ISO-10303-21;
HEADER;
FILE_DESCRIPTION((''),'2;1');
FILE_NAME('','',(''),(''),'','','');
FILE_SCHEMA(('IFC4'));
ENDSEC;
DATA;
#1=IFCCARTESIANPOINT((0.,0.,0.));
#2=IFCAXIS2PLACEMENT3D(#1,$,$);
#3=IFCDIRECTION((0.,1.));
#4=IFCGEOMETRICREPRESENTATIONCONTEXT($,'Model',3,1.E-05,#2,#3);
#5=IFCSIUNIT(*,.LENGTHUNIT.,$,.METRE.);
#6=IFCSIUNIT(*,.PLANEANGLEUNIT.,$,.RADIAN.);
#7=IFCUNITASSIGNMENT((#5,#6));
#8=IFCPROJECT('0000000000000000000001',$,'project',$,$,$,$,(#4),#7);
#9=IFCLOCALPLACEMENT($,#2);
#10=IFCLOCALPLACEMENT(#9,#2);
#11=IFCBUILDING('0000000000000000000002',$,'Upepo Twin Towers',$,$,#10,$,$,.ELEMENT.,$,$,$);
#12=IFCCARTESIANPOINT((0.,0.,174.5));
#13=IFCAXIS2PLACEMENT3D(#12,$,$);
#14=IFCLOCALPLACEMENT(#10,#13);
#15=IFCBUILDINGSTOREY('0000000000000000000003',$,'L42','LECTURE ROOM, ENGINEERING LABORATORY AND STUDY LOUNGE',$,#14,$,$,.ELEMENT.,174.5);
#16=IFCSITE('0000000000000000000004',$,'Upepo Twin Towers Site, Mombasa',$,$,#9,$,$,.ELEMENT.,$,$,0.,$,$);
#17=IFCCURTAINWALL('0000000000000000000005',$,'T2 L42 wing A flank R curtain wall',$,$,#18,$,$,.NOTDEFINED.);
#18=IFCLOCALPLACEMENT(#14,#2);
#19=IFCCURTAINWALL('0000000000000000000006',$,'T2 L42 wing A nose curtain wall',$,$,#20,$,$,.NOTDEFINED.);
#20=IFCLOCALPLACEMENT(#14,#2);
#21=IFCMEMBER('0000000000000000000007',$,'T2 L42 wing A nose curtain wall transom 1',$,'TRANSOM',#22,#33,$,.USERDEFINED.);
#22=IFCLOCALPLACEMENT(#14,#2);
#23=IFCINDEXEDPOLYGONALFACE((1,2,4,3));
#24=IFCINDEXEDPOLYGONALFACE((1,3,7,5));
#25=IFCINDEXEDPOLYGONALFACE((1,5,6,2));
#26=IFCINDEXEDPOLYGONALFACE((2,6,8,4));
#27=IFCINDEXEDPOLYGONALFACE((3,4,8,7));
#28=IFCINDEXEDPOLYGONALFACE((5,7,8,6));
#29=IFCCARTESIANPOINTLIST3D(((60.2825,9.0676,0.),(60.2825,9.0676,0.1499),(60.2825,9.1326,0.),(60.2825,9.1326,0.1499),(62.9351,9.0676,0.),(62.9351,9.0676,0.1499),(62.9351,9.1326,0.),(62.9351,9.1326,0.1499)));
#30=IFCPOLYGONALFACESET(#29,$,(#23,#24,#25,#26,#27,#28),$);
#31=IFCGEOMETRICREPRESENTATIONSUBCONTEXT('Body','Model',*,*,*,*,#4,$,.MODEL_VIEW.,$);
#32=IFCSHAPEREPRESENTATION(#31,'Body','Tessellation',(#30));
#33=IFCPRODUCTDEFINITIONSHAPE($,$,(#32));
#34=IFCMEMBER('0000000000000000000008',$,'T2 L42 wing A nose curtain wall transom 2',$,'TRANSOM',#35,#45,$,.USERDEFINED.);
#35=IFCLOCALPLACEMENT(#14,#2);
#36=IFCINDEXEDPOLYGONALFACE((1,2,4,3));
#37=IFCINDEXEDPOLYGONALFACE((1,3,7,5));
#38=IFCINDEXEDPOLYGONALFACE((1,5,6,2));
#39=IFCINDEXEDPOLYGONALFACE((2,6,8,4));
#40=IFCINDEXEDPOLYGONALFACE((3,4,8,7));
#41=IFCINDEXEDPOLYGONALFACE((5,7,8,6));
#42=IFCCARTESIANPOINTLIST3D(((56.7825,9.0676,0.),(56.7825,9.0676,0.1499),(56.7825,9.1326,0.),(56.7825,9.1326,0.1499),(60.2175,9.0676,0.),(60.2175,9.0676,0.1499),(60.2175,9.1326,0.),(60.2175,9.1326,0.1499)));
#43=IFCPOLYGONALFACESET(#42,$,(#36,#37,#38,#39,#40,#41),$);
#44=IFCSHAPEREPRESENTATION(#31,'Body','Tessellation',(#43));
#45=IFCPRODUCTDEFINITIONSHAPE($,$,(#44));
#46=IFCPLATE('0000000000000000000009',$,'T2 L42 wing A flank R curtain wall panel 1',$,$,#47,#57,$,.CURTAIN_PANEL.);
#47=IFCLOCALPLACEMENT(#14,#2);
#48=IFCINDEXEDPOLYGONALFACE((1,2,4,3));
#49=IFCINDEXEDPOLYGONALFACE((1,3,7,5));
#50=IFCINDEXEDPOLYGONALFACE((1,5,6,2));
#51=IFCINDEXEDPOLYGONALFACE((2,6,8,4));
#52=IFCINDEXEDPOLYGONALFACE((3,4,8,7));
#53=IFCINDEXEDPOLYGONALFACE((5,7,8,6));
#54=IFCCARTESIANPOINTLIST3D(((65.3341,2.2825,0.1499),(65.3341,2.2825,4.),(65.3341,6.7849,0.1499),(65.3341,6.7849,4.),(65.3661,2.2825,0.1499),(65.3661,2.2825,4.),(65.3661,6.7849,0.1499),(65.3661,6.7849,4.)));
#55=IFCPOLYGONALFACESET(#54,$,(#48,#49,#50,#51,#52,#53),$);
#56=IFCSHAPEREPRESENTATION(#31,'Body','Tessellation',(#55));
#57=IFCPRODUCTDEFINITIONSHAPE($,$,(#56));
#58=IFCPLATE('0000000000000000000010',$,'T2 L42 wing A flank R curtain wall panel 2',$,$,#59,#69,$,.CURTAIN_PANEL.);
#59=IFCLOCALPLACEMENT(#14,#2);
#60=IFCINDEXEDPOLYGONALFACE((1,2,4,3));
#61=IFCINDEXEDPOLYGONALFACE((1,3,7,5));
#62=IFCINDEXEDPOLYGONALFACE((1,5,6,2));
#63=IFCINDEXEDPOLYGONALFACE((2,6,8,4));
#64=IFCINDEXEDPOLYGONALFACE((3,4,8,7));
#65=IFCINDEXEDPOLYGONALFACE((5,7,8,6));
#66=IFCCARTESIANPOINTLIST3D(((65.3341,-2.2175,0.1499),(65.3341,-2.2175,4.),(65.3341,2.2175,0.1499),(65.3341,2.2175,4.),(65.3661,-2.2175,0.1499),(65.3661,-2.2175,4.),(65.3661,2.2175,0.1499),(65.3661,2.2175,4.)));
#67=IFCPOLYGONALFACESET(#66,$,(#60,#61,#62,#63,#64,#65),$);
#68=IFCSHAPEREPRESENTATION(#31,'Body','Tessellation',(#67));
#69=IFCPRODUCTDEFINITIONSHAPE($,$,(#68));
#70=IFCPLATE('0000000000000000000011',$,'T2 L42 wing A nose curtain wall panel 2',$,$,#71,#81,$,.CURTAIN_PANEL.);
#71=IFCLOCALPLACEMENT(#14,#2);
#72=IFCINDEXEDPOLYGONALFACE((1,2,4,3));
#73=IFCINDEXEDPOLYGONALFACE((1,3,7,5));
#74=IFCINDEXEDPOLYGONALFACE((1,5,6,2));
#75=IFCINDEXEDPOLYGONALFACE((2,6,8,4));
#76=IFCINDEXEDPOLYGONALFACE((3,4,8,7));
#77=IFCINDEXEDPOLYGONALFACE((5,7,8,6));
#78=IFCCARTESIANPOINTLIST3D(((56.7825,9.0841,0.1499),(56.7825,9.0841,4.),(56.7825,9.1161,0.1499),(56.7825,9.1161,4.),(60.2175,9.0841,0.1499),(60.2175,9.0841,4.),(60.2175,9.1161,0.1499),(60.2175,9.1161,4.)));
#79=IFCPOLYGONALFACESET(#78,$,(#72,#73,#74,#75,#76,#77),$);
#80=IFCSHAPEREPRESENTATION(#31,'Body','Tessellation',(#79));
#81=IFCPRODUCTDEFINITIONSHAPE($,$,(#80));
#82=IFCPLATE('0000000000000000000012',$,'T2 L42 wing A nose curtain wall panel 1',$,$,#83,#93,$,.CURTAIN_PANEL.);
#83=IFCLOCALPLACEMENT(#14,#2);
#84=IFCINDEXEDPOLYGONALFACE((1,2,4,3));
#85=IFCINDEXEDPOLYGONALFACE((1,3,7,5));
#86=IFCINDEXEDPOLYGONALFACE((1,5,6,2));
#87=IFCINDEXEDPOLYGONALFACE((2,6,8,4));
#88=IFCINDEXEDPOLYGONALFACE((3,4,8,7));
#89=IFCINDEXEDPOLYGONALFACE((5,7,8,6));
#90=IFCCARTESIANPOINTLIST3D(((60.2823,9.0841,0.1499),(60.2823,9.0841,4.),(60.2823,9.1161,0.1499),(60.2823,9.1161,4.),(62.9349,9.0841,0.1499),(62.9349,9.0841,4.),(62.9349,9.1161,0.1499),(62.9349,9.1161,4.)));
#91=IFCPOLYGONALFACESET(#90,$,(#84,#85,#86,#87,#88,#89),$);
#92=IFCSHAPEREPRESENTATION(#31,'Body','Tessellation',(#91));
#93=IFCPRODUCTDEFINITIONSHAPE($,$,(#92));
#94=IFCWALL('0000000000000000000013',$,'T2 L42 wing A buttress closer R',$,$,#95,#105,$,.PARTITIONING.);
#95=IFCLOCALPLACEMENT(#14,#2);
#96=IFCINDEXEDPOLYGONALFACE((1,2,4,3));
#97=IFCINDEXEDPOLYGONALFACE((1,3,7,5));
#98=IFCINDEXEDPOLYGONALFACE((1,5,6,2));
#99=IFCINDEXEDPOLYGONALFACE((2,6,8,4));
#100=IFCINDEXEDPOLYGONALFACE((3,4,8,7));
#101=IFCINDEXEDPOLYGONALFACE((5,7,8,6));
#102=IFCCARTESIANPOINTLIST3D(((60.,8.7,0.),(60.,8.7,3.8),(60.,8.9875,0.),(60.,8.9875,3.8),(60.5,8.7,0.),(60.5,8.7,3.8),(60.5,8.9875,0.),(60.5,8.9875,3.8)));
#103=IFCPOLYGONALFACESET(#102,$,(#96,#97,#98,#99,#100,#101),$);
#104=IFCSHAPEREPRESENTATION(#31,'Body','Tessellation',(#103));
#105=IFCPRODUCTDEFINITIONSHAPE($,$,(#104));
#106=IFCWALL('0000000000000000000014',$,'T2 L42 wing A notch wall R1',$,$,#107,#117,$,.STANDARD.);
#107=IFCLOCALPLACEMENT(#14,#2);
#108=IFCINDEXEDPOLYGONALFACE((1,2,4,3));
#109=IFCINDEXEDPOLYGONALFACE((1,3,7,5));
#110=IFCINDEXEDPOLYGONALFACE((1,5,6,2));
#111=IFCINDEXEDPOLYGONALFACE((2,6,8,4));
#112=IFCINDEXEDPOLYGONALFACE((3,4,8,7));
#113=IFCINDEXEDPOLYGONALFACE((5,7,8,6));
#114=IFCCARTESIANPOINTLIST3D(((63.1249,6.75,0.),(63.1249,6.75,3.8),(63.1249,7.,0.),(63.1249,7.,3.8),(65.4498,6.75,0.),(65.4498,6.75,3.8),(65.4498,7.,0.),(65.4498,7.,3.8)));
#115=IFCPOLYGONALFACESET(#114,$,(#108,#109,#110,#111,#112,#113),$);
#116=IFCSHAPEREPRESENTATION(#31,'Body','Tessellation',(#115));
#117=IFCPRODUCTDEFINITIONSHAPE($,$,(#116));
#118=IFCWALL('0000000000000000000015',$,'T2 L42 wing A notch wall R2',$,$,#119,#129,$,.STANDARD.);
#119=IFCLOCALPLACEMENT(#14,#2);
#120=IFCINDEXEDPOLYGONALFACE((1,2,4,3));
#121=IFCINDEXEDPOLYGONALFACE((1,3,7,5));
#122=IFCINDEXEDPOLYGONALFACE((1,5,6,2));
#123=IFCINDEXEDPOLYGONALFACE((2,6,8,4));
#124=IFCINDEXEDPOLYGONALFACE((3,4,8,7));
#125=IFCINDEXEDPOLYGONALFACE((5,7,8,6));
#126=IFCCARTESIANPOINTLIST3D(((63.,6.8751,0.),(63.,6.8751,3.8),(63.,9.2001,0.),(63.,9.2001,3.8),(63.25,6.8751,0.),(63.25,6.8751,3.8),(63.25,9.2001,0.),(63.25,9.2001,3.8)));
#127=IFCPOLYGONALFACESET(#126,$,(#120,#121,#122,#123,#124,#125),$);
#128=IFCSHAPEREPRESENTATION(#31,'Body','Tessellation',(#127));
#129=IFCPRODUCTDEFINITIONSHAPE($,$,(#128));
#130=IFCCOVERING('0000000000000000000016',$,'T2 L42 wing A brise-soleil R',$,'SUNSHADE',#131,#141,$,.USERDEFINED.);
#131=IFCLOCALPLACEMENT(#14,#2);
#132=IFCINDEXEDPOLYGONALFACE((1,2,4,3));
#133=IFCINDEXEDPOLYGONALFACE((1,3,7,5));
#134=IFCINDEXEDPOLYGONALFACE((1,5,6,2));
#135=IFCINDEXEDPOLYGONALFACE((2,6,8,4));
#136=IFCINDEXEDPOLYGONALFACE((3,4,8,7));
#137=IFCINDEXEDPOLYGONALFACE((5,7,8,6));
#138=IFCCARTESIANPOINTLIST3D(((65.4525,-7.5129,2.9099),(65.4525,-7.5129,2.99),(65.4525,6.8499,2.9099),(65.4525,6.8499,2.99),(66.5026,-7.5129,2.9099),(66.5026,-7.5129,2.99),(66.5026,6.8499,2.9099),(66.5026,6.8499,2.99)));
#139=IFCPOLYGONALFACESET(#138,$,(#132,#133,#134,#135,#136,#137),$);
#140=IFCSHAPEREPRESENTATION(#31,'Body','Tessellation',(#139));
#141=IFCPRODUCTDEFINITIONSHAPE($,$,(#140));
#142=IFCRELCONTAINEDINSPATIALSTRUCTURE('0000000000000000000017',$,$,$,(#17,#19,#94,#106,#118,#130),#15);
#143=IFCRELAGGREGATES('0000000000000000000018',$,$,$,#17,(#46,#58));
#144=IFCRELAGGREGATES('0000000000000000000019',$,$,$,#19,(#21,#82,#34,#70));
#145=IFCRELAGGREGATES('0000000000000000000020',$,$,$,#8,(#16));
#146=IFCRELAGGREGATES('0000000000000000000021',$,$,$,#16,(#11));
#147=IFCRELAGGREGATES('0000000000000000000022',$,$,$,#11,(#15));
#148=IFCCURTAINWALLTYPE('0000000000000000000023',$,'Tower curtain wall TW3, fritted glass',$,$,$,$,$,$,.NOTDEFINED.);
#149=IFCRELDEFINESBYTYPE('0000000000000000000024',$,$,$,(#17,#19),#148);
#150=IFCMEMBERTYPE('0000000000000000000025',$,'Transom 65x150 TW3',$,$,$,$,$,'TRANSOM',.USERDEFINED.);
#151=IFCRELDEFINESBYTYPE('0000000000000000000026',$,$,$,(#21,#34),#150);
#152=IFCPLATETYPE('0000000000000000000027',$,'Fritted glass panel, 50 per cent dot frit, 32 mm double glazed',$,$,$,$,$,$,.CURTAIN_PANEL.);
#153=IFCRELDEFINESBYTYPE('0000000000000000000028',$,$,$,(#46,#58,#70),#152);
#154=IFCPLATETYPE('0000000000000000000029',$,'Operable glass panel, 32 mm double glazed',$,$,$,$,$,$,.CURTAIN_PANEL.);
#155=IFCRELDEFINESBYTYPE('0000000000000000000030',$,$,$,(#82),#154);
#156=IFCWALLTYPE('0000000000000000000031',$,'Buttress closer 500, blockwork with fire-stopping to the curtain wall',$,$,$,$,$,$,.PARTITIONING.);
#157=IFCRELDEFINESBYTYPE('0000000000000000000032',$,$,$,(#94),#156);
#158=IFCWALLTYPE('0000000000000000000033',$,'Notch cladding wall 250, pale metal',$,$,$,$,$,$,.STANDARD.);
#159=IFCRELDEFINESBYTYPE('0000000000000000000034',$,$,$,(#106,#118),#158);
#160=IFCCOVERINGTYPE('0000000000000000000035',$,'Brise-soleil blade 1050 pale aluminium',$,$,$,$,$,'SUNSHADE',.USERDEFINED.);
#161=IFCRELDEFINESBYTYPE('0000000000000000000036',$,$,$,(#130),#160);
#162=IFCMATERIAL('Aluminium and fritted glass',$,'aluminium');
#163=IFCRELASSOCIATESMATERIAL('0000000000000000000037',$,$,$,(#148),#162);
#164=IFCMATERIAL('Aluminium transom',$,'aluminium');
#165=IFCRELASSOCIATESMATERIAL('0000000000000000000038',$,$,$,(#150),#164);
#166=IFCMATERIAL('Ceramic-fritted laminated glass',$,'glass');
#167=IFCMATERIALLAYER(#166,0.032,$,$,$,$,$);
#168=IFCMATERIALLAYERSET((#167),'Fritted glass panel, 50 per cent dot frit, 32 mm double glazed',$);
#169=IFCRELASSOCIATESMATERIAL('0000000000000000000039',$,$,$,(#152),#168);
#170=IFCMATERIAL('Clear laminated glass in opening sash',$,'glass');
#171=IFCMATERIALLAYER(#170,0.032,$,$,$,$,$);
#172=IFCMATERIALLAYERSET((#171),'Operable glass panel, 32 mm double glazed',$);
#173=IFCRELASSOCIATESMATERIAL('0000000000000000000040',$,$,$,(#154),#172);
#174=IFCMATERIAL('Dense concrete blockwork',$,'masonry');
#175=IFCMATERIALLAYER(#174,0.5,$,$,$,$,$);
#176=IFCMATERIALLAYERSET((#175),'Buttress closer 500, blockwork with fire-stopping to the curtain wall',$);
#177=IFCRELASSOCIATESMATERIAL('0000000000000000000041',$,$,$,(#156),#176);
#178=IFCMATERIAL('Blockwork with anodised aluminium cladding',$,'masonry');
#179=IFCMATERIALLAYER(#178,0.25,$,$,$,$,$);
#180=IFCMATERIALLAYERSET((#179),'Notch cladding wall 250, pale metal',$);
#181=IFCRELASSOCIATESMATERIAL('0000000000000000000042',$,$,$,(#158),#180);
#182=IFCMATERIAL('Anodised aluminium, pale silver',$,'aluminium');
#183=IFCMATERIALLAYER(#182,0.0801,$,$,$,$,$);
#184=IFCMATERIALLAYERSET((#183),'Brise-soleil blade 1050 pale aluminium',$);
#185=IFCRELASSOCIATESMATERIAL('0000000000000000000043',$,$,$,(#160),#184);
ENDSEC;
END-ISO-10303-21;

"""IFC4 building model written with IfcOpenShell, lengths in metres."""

from ifc_helpers import new_model, si_unit, direction, frame, frame_2d, origin, origin_2d, place, context, subcontext, project, spatial, rectangle, extrude, material, layer, layer_set, material_profile, profile_set, type_object, element, aggregate, save


model = new_model("IFC4")

# Units and contexts
model_context = context("Model", 3, precision=1e-05, world=origin(), true_north=direction((0.0, 1.0)))
body_context = subcontext(model_context, "Body", "Model", "MODEL_VIEW")
ifc_project = project(units=[si_unit("LENGTHUNIT", "METRE"), si_unit("PLANEANGLEUNIT", "RADIAN")], contexts=[model_context])

# Site, building, storey
site_placement = place(None, origin())
site = spatial("IfcSite", under=ifc_project, at=site_placement, Name="Upepo Twin Towers Site, Mombasa", CompositionType="ELEMENT", RefElevation=0.0)
building_placement = place(site_placement, origin())
building = spatial("IfcBuilding", under=site, at=building_placement, Name="Upepo Twin Towers", CompositionType="ELEMENT")
storey_placement = place(building_placement, frame((0.0, 0.0, 174.5)))
storey = spatial("IfcBuildingStorey", under=building, at=storey_placement, Name="L42", Description="LECTURE ROOM, ENGINEERING LABORATORY AND STUDY LOUNGE", CompositionType="ELEMENT", Elevation=174.5)

# Curtain walls
ifc_material_1 = material(Name="Aluminium and fritted glass", Category="aluminium")
curtain_wall_type = type_object("IfcCurtainWallType", Name="Tower curtain wall TW3, fritted glass", PredefinedType="NOTDEFINED", material=ifc_material_1)
curtain_wall_1_placement = place(storey_placement, origin())
curtain_wall_1 = element("IfcCurtainWall", 1, at=curtain_wall_1_placement, inside=storey, type_object=curtain_wall_type, Name="T2 L42 wing A flank R curtain wall", PredefinedType="NOTDEFINED")
curtain_wall_2_placement = place(storey_placement, origin())
curtain_wall_2 = element("IfcCurtainWall", 2, at=curtain_wall_2_placement, inside=storey, type_object=curtain_wall_type, Name="T2 L42 wing A nose curtain wall", PredefinedType="NOTDEFINED")

# Members
ifc_material_2 = material(Name="Aluminium transom", Category="aluminium")
ifc_material_profile_1 = material_profile(ifc_material_2, rectangle(XDim=0.0649, YDim=0.1499, at=origin_2d()), Name="TRANSOM 65x150")
ifc_profile_set_1 = profile_set([ifc_material_profile_1], Name="Aluminium transom")
member_type_1 = type_object("IfcMemberType", Name="Transom 65x150 TW3", ElementType="TRANSOM", PredefinedType="USERDEFINED", material=ifc_profile_set_1)
member_1_placement = place(storey_placement, frame((62.9351, 9.1001, 0.075), z_axis=(-1.0, 0.0, 0.0), x_axis=(0.0, -1.0, 0.0)))
member_1 = element("IfcMember", 3, at=member_1_placement, type_object=member_type_1, Name="T2 L42 wing A nose curtain wall transom 1", ObjectType="TRANSOM", PredefinedType="USERDEFINED", context=body_context, shape_type="SweptSolid", body=[
    extrude(rectangle(XDim=0.0649, YDim=0.1499, at=origin_2d()), origin(), (0.0, 0.0, 1.0), 2.6526),
])
member_2_placement = place(storey_placement, frame((60.2175, 9.1001, 0.075), z_axis=(-1.0, 0.0, 0.0), x_axis=(0.0, -1.0, 0.0)))
member_2 = element("IfcMember", 4, at=member_2_placement, type_object=member_type_1, Name="T2 L42 wing A nose curtain wall transom 2", ObjectType="TRANSOM", PredefinedType="USERDEFINED", context=body_context, shape_type="SweptSolid", body=[
    extrude(rectangle(XDim=0.0649, YDim=0.1499, at=origin_2d()), origin(), (0.0, 0.0, 1.0), 3.4351),
])

# Plates
ifc_material_3 = material(Name="Ceramic-fritted laminated glass", Category="glass")
ifc_layer_1 = layer(ifc_material_3, 0.032)
ifc_layer_set_1 = layer_set([ifc_layer_1], Name="Fritted glass panel, 50 per cent dot frit, 32 mm double glazed")
plate_type_1 = type_object("IfcPlateType", Name="Fritted glass panel, 50 per cent dot frit, 32 mm double glazed", PredefinedType="CURTAIN_PANEL", material=ifc_layer_set_1)
plate_1_placement = place(storey_placement, frame((65.3501, 4.5337, 0.1499), z_axis=(0.0, 0.0, 1.0), x_axis=(0.0, -1.0, 0.0)))
plate_1 = element("IfcPlate", 5, at=plate_1_placement, type_object=plate_type_1, Name="T2 L42 wing A flank R curtain wall panel 1", PredefinedType="CURTAIN_PANEL", context=body_context, shape_type="SweptSolid", body=[
    extrude(rectangle(XDim=4.5024, YDim=0.032, at=origin_2d()), origin(), (0.0, 0.0, 1.0), 3.8501),
])
plate_2_placement = place(storey_placement, frame((65.3501, 0.0, 0.1499), z_axis=(0.0, 0.0, 1.0), x_axis=(0.0, -1.0, 0.0)))
plate_2 = element("IfcPlate", 6, at=plate_2_placement, type_object=plate_type_1, Name="T2 L42 wing A flank R curtain wall panel 2", PredefinedType="CURTAIN_PANEL", context=body_context, shape_type="SweptSolid", body=[
    extrude(rectangle(XDim=4.4351, YDim=0.032, at=origin_2d()), origin(), (0.0, 0.0, 1.0), 3.8501),
])
aggregate(curtain_wall_1, [plate_1, plate_2])
plate_3_placement = place(storey_placement, frame((58.5, 9.1001, 0.1499), z_axis=(0.0, 0.0, 1.0), x_axis=(-1.0, 0.0, 0.0)))
plate_3 = element("IfcPlate", 7, at=plate_3_placement, type_object=plate_type_1, Name="T2 L42 wing A nose curtain wall panel 2", PredefinedType="CURTAIN_PANEL", context=body_context, shape_type="SweptSolid", body=[
    extrude(rectangle(XDim=3.4351, YDim=0.032, at=origin_2d()), origin(), (0.0, 0.0, 1.0), 3.8501),
])
ifc_material_4 = material(Name="Clear laminated glass in opening sash", Category="glass")
ifc_layer_2 = layer(ifc_material_4, 0.032)
ifc_layer_set_2 = layer_set([ifc_layer_2], Name="Operable glass panel, 32 mm double glazed")
plate_type_2 = type_object("IfcPlateType", Name="Operable glass panel, 32 mm double glazed", PredefinedType="CURTAIN_PANEL", material=ifc_layer_set_2)
plate_4_placement = place(storey_placement, frame((61.6086, 9.1001, 0.1499), z_axis=(0.0, 0.0, 1.0), x_axis=(-1.0, 0.0, 0.0)))
plate_4 = element("IfcPlate", 8, at=plate_4_placement, type_object=plate_type_2, Name="T2 L42 wing A nose curtain wall panel 1", PredefinedType="CURTAIN_PANEL", context=body_context, shape_type="SweptSolid", body=[
    extrude(rectangle(XDim=2.6526, YDim=0.032, at=origin_2d()), origin(), (0.0, 0.0, 1.0), 3.8501),
])
aggregate(curtain_wall_2, [member_1, plate_4, member_2, plate_3])

# Walls
ifc_material_5 = material(Name="Dense concrete blockwork", Category="masonry")
ifc_layer_3 = layer(ifc_material_5, 0.5)
ifc_layer_set_3 = layer_set([ifc_layer_3], Name="Buttress closer 500, blockwork with fire-stopping to the curtain wall")
wall_type_1 = type_object("IfcWallType", Name="Buttress closer 500, blockwork with fire-stopping to the curtain wall", PredefinedType="PARTITIONING", material=ifc_layer_set_3)
wall_placement = place(storey_placement, frame((60.25, 8.7, 0.0), z_axis=(0.0, 0.0, 1.0), x_axis=(0.0, 1.0, 0.0)))
element("IfcWall", 9, at=wall_placement, inside=storey, type_object=wall_type_1, Name="T2 L42 wing A buttress closer R", PredefinedType="PARTITIONING", context=body_context, shape_type="SweptSolid", body=[
    extrude(rectangle(XDim=0.2876, YDim=0.5, at=frame_2d((0.1438, 0.0))), origin(), (0.0, 0.0, 1.0), 3.8),
])
ifc_material_6 = material(Name="Blockwork with anodised aluminium cladding", Category="masonry")
ifc_layer_4 = layer(ifc_material_6, 0.25)
ifc_layer_set_4 = layer_set([ifc_layer_4], Name="Notch cladding wall 250, pale metal")
wall_type_2 = type_object("IfcWallType", Name="Notch cladding wall 250, pale metal", PredefinedType="STANDARD", material=ifc_layer_set_4)
for number, where, z_axis, x_axis, name in (
    (10, (65.45, 6.875, 0.0), (0.0, 0.0, 1.0), (-1.0, 0.0, 0.0), "T2 L42 wing A notch wall R1"),
    (11, (63.125, 6.875, 0.0), (0.0, 0.0, 1.0), (0.0, 1.0, 0.0), "T2 L42 wing A notch wall R2"),
):
    element("IfcWall", number, at=place(storey_placement, frame(where, z_axis=z_axis, x_axis=x_axis)), inside=storey, type_object=wall_type_2, Name=name, PredefinedType="STANDARD", context=body_context, shape_type="SweptSolid", body=[
        extrude(rectangle(XDim=2.325, YDim=0.25, at=frame_2d((1.1626, 0.0))), origin(), (0.0, 0.0, 1.0), 3.8),
    ])

# Covering
ifc_material_7 = material(Name="Anodised aluminium, pale silver", Category="aluminium")
ifc_layer_5 = layer(ifc_material_7, 0.0801)
ifc_layer_set_5 = layer_set([ifc_layer_5], Name="Brise-soleil blade 1050 pale aluminium")
covering_type = type_object("IfcCoveringType", Name="Brise-soleil blade 1050 pale aluminium", ElementType="SUNSHADE", PredefinedType="USERDEFINED", material=ifc_layer_set_5)
covering_placement = place(storey_placement, frame((65.9775, -0.3315, 2.9099), z_axis=(0.0, 0.0, 1.0), x_axis=(0.0, 1.0, 0.0)))
element("IfcCovering", 12, at=covering_placement, inside=storey, type_object=covering_type, Name="T2 L42 wing A brise-soleil R", ObjectType="SUNSHADE", PredefinedType="USERDEFINED", context=body_context, shape_type="SweptSolid", body=[
    extrude(rectangle(XDim=14.3628, YDim=1.05, at=origin_2d()), origin(), (0.0, 0.0, 1.0), 0.0801),
])

save(model, "model.ifc")
